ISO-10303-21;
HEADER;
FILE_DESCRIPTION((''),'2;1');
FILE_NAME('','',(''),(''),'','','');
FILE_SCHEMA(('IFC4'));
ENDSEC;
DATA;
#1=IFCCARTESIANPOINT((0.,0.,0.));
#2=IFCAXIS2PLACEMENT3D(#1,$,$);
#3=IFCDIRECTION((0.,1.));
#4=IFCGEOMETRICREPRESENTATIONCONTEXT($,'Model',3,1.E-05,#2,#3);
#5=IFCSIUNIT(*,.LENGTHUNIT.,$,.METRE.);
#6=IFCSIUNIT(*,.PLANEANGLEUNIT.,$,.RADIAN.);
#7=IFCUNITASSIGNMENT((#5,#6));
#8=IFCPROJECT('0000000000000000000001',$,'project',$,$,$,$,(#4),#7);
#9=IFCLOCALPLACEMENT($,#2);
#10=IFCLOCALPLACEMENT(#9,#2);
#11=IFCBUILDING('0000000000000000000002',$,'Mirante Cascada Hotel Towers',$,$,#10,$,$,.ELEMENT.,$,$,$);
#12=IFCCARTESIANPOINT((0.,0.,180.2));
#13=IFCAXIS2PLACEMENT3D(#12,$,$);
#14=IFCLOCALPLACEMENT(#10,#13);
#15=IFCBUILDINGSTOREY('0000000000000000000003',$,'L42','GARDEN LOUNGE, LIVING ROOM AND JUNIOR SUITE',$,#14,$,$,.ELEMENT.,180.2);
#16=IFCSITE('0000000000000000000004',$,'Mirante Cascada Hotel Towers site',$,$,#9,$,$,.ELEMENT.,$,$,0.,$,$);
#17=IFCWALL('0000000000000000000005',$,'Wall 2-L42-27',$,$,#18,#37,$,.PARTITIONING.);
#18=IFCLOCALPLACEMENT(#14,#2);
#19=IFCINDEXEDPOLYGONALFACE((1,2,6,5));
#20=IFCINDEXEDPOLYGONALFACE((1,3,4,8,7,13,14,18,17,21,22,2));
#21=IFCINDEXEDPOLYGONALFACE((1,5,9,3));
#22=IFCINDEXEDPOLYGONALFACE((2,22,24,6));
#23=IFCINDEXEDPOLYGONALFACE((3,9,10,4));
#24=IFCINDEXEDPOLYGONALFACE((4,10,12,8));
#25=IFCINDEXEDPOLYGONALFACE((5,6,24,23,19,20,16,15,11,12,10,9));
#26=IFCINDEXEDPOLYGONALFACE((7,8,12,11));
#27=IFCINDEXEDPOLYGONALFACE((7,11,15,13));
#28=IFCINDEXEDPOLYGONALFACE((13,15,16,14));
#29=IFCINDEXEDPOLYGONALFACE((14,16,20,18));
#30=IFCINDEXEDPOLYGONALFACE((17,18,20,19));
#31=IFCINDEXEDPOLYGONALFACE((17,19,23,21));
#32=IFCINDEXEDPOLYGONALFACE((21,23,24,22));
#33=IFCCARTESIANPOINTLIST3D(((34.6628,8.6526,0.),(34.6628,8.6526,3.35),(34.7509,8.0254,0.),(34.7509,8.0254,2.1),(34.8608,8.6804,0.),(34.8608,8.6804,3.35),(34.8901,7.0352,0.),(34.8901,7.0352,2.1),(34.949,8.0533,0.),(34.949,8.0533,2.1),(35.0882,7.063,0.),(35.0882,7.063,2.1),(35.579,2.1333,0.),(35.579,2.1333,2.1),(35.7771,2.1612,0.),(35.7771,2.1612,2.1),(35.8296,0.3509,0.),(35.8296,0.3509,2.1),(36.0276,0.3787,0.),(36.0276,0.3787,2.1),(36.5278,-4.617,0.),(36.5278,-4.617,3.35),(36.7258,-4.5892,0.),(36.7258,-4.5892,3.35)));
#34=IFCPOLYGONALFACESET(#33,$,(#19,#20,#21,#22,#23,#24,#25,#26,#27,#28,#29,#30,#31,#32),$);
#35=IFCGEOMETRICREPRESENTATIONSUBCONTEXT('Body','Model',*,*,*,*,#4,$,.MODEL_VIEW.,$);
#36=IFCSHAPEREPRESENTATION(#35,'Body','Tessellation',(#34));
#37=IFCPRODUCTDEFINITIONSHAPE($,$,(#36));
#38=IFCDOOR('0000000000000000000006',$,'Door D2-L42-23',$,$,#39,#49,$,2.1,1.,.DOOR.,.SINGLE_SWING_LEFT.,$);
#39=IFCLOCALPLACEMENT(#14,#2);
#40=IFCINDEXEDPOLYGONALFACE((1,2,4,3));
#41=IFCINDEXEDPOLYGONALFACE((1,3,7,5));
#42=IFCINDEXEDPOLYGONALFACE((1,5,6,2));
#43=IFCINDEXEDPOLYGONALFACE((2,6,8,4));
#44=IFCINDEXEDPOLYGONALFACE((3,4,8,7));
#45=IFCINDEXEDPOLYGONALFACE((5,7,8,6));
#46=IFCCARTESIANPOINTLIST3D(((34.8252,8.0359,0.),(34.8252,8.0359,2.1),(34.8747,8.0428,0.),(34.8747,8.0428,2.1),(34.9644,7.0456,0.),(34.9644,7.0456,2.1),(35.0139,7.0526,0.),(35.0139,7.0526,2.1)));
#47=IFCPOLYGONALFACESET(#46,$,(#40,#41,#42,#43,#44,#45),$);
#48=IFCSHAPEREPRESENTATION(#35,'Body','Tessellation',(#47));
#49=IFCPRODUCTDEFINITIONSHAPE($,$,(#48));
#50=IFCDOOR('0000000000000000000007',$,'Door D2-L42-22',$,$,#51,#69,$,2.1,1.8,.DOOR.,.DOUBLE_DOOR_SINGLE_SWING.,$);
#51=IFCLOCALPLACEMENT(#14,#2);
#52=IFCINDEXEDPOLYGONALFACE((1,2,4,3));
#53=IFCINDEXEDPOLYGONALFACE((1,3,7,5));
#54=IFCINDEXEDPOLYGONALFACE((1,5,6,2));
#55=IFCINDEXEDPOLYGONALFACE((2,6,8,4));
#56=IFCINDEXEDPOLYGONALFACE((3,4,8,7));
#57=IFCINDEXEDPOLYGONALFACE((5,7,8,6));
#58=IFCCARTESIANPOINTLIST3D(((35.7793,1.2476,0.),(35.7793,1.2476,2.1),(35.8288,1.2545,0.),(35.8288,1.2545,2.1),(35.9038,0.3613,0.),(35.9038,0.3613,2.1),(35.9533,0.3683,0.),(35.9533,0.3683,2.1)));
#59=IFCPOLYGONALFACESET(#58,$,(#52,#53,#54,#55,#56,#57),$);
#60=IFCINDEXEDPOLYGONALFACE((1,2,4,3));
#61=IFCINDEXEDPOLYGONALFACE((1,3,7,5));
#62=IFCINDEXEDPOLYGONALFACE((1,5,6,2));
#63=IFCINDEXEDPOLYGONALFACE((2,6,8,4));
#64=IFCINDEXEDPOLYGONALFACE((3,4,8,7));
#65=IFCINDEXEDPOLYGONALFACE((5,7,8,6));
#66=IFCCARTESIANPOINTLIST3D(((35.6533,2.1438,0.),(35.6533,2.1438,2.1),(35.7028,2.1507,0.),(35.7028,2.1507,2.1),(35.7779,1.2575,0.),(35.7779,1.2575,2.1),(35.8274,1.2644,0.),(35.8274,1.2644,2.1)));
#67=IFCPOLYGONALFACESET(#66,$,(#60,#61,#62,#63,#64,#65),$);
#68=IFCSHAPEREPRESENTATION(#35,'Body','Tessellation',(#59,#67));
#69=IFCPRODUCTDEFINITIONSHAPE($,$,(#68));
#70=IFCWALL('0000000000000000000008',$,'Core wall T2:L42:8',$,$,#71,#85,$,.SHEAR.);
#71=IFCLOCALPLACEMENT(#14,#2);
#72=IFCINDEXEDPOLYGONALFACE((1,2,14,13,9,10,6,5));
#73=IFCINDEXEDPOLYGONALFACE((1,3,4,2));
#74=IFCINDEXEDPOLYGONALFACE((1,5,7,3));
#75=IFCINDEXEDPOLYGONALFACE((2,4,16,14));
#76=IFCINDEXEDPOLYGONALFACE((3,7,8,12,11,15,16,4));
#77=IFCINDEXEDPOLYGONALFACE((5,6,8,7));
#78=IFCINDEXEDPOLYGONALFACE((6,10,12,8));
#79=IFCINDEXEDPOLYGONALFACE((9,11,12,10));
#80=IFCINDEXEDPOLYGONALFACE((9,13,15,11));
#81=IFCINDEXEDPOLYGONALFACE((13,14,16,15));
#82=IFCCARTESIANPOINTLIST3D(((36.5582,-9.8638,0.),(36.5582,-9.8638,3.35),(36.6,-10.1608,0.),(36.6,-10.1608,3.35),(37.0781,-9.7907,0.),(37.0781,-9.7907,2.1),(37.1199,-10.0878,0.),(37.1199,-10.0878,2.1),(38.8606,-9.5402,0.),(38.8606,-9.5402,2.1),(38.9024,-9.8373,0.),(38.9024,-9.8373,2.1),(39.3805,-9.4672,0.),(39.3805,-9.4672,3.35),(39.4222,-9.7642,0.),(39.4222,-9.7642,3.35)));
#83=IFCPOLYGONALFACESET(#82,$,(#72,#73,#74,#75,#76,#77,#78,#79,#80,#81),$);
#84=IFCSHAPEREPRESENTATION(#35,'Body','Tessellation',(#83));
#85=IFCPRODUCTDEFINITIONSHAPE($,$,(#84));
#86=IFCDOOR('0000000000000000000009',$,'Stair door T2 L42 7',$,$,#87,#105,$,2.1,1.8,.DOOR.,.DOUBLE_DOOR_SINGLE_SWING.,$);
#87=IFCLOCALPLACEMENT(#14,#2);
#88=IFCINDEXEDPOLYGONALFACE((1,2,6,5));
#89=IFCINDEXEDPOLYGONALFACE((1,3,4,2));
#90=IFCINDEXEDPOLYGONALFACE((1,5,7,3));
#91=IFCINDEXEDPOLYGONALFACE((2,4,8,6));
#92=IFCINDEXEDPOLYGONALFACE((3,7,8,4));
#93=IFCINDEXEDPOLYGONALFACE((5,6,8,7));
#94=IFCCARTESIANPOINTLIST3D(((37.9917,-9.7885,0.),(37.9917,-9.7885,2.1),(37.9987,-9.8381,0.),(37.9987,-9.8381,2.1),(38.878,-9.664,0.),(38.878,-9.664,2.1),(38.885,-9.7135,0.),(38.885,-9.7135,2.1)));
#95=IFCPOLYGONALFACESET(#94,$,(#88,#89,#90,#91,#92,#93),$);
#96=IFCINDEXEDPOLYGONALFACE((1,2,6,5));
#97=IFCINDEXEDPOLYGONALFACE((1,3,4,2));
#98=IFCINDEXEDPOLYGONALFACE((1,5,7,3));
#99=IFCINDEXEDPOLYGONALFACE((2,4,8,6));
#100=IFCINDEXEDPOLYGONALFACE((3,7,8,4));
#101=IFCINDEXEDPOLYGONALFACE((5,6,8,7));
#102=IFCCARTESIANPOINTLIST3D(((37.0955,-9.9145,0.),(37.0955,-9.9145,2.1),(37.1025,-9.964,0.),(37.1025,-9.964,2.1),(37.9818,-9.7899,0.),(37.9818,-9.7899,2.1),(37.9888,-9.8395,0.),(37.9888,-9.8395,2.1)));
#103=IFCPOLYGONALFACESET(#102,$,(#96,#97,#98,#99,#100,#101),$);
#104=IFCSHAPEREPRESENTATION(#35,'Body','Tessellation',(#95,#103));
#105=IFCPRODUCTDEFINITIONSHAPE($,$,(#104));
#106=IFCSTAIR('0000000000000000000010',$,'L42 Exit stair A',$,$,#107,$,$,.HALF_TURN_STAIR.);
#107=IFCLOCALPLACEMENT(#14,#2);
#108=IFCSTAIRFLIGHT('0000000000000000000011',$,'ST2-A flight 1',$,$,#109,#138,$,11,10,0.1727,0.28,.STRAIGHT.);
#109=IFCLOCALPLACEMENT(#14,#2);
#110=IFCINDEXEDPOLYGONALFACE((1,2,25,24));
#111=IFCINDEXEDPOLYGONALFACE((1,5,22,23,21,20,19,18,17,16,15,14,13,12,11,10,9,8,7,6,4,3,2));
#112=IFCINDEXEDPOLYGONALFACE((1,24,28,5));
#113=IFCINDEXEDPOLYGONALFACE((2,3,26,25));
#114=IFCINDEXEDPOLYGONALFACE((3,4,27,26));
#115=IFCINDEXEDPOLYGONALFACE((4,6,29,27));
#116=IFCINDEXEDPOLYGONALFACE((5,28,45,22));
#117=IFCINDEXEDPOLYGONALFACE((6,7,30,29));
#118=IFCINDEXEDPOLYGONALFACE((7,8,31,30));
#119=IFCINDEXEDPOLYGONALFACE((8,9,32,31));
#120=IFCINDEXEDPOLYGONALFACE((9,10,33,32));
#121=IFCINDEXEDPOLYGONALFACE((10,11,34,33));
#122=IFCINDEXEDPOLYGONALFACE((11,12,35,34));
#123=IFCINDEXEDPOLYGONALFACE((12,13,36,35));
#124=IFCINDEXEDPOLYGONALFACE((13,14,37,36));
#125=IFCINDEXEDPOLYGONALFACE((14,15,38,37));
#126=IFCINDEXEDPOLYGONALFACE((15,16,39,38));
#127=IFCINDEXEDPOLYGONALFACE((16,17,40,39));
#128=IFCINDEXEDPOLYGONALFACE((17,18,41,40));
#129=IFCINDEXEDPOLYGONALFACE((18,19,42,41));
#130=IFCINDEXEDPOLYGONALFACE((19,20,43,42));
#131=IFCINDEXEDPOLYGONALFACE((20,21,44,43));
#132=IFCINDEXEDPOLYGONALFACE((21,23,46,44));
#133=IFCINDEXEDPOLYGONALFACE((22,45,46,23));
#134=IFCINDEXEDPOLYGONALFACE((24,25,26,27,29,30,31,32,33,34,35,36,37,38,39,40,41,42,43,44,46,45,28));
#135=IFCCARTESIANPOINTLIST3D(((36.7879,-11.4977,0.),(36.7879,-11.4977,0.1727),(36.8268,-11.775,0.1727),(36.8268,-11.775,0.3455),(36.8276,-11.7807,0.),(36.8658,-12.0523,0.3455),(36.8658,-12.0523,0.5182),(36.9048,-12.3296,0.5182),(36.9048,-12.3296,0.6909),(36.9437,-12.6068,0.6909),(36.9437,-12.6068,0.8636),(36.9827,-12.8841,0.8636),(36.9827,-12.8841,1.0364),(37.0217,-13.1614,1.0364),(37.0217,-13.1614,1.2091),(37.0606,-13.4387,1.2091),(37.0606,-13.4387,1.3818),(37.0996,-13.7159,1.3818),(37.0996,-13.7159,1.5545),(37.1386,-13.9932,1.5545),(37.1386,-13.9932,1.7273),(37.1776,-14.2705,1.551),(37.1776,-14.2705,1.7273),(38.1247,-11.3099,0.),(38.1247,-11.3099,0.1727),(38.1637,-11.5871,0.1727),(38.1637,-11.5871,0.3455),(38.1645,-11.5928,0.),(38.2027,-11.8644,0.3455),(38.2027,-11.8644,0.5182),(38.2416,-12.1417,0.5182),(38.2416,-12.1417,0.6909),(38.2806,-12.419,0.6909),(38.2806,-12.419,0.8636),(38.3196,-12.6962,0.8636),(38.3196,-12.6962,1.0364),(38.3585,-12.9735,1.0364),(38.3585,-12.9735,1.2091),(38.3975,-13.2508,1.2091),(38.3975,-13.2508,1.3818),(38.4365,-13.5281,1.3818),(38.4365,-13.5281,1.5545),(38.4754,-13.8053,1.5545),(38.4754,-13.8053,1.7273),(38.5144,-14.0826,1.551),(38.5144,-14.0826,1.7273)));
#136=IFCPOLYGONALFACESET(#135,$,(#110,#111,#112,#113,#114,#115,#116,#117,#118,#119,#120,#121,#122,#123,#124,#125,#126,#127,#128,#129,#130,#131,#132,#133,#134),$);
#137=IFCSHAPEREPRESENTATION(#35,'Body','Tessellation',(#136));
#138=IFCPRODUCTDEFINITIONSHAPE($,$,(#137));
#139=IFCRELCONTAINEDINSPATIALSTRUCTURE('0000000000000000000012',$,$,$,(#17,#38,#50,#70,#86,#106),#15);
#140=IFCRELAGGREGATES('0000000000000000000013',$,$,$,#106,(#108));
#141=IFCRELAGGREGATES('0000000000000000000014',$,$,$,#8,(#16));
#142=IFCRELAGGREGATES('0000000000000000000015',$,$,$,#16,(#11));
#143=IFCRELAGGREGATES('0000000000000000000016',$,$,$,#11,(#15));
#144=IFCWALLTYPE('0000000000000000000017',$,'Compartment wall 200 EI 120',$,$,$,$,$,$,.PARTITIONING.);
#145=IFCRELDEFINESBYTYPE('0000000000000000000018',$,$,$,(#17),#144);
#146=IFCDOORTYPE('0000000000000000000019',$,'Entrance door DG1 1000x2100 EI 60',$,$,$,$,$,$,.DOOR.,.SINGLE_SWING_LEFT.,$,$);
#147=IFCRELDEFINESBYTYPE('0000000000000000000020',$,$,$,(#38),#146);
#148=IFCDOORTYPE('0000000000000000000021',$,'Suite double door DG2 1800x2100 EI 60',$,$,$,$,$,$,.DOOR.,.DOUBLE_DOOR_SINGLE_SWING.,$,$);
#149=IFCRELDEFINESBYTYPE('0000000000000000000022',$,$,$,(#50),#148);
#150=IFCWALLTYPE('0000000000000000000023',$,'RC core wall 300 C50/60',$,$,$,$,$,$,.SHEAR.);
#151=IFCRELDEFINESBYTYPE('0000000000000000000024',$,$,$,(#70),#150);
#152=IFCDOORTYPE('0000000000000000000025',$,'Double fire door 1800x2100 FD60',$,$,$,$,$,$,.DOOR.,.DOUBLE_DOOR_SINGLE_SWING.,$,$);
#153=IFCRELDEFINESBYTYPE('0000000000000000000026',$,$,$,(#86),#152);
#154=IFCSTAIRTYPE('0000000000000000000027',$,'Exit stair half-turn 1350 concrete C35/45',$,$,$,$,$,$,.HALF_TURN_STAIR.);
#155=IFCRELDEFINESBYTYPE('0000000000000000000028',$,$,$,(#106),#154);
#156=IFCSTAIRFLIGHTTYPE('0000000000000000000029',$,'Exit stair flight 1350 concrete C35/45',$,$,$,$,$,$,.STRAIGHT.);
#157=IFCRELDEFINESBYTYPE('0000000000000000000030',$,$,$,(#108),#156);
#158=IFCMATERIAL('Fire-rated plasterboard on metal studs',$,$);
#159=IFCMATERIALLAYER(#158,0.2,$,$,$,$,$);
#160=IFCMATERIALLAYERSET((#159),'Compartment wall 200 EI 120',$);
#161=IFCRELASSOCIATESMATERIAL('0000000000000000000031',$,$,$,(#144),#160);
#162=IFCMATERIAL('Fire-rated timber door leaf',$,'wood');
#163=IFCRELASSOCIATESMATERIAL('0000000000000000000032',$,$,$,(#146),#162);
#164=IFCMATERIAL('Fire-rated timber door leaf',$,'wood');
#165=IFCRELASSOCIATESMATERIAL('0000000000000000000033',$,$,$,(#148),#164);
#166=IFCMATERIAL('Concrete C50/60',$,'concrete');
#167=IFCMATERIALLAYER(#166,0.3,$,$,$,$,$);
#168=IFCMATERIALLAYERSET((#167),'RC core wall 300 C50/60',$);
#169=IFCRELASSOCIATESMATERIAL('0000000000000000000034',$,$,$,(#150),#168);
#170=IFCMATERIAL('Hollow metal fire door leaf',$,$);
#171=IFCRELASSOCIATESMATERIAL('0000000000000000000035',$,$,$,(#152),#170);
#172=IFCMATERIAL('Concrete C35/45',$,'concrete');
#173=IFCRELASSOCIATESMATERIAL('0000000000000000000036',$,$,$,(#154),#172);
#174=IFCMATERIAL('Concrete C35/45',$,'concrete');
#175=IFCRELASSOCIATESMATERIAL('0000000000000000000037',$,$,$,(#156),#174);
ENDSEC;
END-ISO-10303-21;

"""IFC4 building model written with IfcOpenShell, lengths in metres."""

from ifc_helpers import new_model, si_unit, direction, frame, frame_2d, origin, place, context, subcontext, project, spatial, polyline, rectangle, outline, extrude, material, layer, layer_set, type_object, element, fill, aggregate, save


model = new_model("IFC4")

# Units and contexts
model_context = context("Model", 3, precision=1e-05, world=origin(), true_north=direction((0.0, 1.0)))
body_context = subcontext(model_context, "Body", "Model", "MODEL_VIEW")
ifc_project = project(units=[si_unit("LENGTHUNIT", "METRE"), si_unit("PLANEANGLEUNIT", "RADIAN")], contexts=[model_context])

# Site, building, storey
site_placement = place(None, origin())
site = spatial("IfcSite", under=ifc_project, at=site_placement, Name="Mirante Cascada Hotel Towers site", CompositionType="ELEMENT", RefElevation=0.0)
building_placement = place(site_placement, origin())
building = spatial("IfcBuilding", under=site, at=building_placement, Name="Mirante Cascada Hotel Towers", CompositionType="ELEMENT")
storey_placement = place(building_placement, frame((0.0, 0.0, 180.2)))
storey = spatial("IfcBuildingStorey", under=building, at=storey_placement, Name="L42", Description="GARDEN LOUNGE, LIVING ROOM AND JUNIOR SUITE", CompositionType="ELEMENT", Elevation=180.2)

# Wall, openings, doors
ifc_material_1 = material(Name="Fire-rated plasterboard on metal studs")
ifc_layer_1 = layer(ifc_material_1, 0.2)
ifc_layer_set_1 = layer_set([ifc_layer_1], Name="Compartment wall 200 EI 120")
wall_type_1 = type_object("IfcWallType", Name="Compartment wall 200 EI 120", PredefinedType="PARTITIONING", material=ifc_layer_set_1)
wall_1_placement = place(storey_placement, frame((36.6268, -4.6031, 0.0), z_axis=(0.0, 0.0, 1.0), x_axis=(-0.139179, 0.990267, 0.0)))
wall_1 = element("IfcWall", 1, at=wall_1_placement, inside=storey, type_object=wall_type_1, Name="Wall 2-L42-27", PredefinedType="PARTITIONING", context=body_context, shape_type="SweptSolid", body=[
    extrude(rectangle(XDim=13.4, YDim=0.2, at=frame_2d((6.7, 0.0))), origin(), (0.0, 0.0, 1.0), 3.35),
])
opening_1_placement = place(wall_1_placement, frame((5.0167, 0.0, 0.0)))
opening_1 = element("IfcOpeningElement", 2, at=opening_1_placement, cuts=wall_1, PredefinedType="OPENING", context=body_context, shape_type="SweptSolid", body=[
    extrude(rectangle(XDim=1.8, YDim=2.1, at=frame_2d((0.9, 1.05))), frame((0.0, 0.1, 0.0), z_axis=(0.0, -1.0, 0.0), x_axis=(1.0, 0.0, 0.0)), (0.0, 0.0, 1.0), 0.2),
])
opening_2_placement = place(wall_1_placement, frame((11.7667, 0.0, 0.0)))
opening_2 = element("IfcOpeningElement", 3, at=opening_2_placement, cuts=wall_1, PredefinedType="OPENING", context=body_context, shape_type="SweptSolid", body=[
    extrude(rectangle(XDim=1.0, YDim=2.1, at=frame_2d((0.5, 1.05))), frame((0.0, 0.1, 0.0), z_axis=(0.0, -1.0, 0.0), x_axis=(1.0, 0.0, 0.0)), (0.0, 0.0, 1.0), 0.2),
])
ifc_material_2 = material(Name="Fire-rated timber door leaf", Category="wood")
door_type_1 = type_object("IfcDoorType", Name="Entrance door DG1 1000x2100 EI 60", OperationType="SINGLE_SWING_LEFT", PredefinedType="DOOR", material=ifc_material_2)
door_1_placement = place(opening_2_placement, origin())
door_1 = element("IfcDoor", 4, at=door_1_placement, inside=storey, type_object=door_type_1, Name="Door D2-L42-23", OperationType="SINGLE_SWING_LEFT", OverallHeight=2.1, OverallWidth=1.0, PredefinedType="DOOR", context=body_context, shape_type="SweptSolid", body=[
    extrude(rectangle(XDim=1.0, YDim=2.1, at=frame_2d((0.5, 1.05))), frame((0.0, 0.025, 0.0), z_axis=(0.0, -1.0, 0.0), x_axis=(1.0, 0.0, 0.0)), (0.0, 0.0, 1.0), 0.05),
])
fill(opening_2, door_1)
ifc_material_3 = material(Name="Fire-rated timber door leaf", Category="wood")
door_type_2 = type_object("IfcDoorType", Name="Suite double door DG2 1800x2100 EI 60", OperationType="DOUBLE_DOOR_SINGLE_SWING", PredefinedType="DOOR", material=ifc_material_3)
door_2_placement = place(opening_1_placement, origin())
door_2 = element("IfcDoor", 5, at=door_2_placement, inside=storey, type_object=door_type_2, Name="Door D2-L42-22", OperationType="DOUBLE_DOOR_SINGLE_SWING", OverallHeight=2.1, OverallWidth=1.8, PredefinedType="DOOR", context=body_context, shape_type="SweptSolid", body=[
    extrude(rectangle(XDim=0.895, YDim=2.1, at=frame_2d((0.4475, 1.05))), frame((0.0, 0.025, 0.0), z_axis=(0.0, -1.0, 0.0), x_axis=(1.0, 0.0, 0.0)), (0.0, 0.0, 1.0), 0.05),
    extrude(rectangle(XDim=0.895, YDim=2.1, at=frame_2d((1.3525, 1.05))), frame((0.0, 0.025, 0.0), z_axis=(0.0, -1.0, 0.0), x_axis=(1.0, 0.0, 0.0)), (0.0, 0.0, 1.0), 0.05),
])
fill(opening_1, door_2)

# Wall, opening, door
ifc_material_4 = material(Name="Concrete C50/60", Category="concrete")
ifc_layer_2 = layer(ifc_material_4, 0.3)
ifc_layer_set_2 = layer_set([ifc_layer_2], Name="RC core wall 300 C50/60")
wall_type_2 = type_object("IfcWallType", Name="RC core wall 300 C50/60", PredefinedType="SHEAR", material=ifc_layer_set_2)
wall_2_placement = place(storey_placement, frame((36.5791, -10.0123, 0.0), z_axis=(0.0, 0.0, 1.0), x_axis=(0.99027, 0.139156, 0.0)))
wall_2 = element("IfcWall", 6, at=wall_2_placement, inside=storey, type_object=wall_type_2, Name="Core wall T2:L42:8", PredefinedType="SHEAR", context=body_context, shape_type="SweptSolid", body=[
    extrude(rectangle(XDim=2.85, YDim=0.3, at=frame_2d((1.425, 0.0))), origin(), (0.0, 0.0, 1.0), 3.35),
])
opening_3_placement = place(wall_2_placement, frame((0.525, 0.0, 0.0)))
opening_3 = element("IfcOpeningElement", 7, at=opening_3_placement, cuts=wall_2, PredefinedType="OPENING", context=body_context, shape_type="SweptSolid", body=[
    extrude(rectangle(XDim=1.8, YDim=2.1, at=frame_2d((0.9, 1.05))), frame((0.0, 0.15, 0.0), z_axis=(0.0, -1.0, 0.0), x_axis=(1.0, 0.0, 0.0)), (0.0, 0.0, 1.0), 0.3),
])
ifc_material_5 = material(Name="Hollow metal fire door leaf")
door_type_3 = type_object("IfcDoorType", Name="Double fire door 1800x2100 FD60", OperationType="DOUBLE_DOOR_SINGLE_SWING", PredefinedType="DOOR", material=ifc_material_5)
door_3_placement = place(opening_3_placement, frame((1.8, 0.0, 0.0), z_axis=(0.0, 0.0, 1.0), x_axis=(-1.0, 0.0, 0.0)))
door_3 = element("IfcDoor", 8, at=door_3_placement, inside=storey, type_object=door_type_3, Name="Stair door T2 L42 7", OperationType="DOUBLE_DOOR_SINGLE_SWING", OverallHeight=2.1, OverallWidth=1.8, PredefinedType="DOOR", context=body_context, shape_type="SweptSolid", body=[
    extrude(rectangle(XDim=0.895, YDim=2.1, at=frame_2d((0.4475, 1.05))), frame((0.0, 0.025, 0.0), z_axis=(0.0, -1.0, 0.0), x_axis=(1.0, 0.0, 0.0)), (0.0, 0.0, 1.0), 0.05),
    extrude(rectangle(XDim=0.895, YDim=2.1, at=frame_2d((1.3525, 1.05))), frame((0.0, 0.025, 0.0), z_axis=(0.0, -1.0, 0.0), x_axis=(1.0, 0.0, 0.0)), (0.0, 0.0, 1.0), 0.05),
])
fill(opening_3, door_3)

# Stair, stair flight
ifc_material_6 = material(Name="Concrete C35/45", Category="concrete")
stair_type = type_object("IfcStairType", Name="Exit stair half-turn 1350 concrete C35/45", PredefinedType="HALF_TURN_STAIR", material=ifc_material_6)
stair_placement = place(storey_placement, origin())
stair = element("IfcStair", 9, at=stair_placement, inside=storey, type_object=stair_type, Name="L42 Exit stair A", PredefinedType="HALF_TURN_STAIR")
ifc_material_7 = material(Name="Concrete C35/45", Category="concrete")
stair_flight_type = type_object("IfcStairFlightType", Name="Exit stair flight 1350 concrete C35/45", PredefinedType="STRAIGHT", material=ifc_material_7)
stair_flight_placement = place(storey_placement, frame((37.4563, -11.4038, 0.0), z_axis=(0.0, 0.0, 1.0), x_axis=(0.139173, -0.990268, 0.0)))
stair_flight = element("IfcStairFlight", 10, at=stair_flight_placement, type_object=stair_flight_type, Name="ST2-A flight 1", NumberOfRisers=11, NumberOfTreads=10, PredefinedType="STRAIGHT", RiserHeight=0.1727, TreadLength=0.28, context=body_context, shape_type="SweptSolid", body=[
    extrude(outline(polyline([(0.0, 0.0), (0.0, 0.1727), (0.28, 0.1727), (0.28, 0.3455), (0.56, 0.3455), (0.56, 0.5182), (0.84, 0.5182), (0.84, 0.6909), (1.12, 0.6909), (1.12, 0.8636), (1.4, 0.8636), (1.4, 1.0364), (1.68, 1.0364), (1.68, 1.2091), (1.96, 1.2091), (1.96, 1.3818), (2.24, 1.3818), (2.24, 1.5545), (2.52, 1.5545), (2.52, 1.7273), (2.8, 1.7273), (2.8, 1.9), (2.8, 1.551), (0.2857, 0.0), (0.0, 0.0)])), frame((0.0, 0.675, 0.0), z_axis=(0.0, -1.0, 0.0), x_axis=(1.0, 0.0, 0.0)), (0.0, 0.0, 1.0), 1.35),
])
aggregate(stair, [stair_flight])

save(model, "model.ifc")
